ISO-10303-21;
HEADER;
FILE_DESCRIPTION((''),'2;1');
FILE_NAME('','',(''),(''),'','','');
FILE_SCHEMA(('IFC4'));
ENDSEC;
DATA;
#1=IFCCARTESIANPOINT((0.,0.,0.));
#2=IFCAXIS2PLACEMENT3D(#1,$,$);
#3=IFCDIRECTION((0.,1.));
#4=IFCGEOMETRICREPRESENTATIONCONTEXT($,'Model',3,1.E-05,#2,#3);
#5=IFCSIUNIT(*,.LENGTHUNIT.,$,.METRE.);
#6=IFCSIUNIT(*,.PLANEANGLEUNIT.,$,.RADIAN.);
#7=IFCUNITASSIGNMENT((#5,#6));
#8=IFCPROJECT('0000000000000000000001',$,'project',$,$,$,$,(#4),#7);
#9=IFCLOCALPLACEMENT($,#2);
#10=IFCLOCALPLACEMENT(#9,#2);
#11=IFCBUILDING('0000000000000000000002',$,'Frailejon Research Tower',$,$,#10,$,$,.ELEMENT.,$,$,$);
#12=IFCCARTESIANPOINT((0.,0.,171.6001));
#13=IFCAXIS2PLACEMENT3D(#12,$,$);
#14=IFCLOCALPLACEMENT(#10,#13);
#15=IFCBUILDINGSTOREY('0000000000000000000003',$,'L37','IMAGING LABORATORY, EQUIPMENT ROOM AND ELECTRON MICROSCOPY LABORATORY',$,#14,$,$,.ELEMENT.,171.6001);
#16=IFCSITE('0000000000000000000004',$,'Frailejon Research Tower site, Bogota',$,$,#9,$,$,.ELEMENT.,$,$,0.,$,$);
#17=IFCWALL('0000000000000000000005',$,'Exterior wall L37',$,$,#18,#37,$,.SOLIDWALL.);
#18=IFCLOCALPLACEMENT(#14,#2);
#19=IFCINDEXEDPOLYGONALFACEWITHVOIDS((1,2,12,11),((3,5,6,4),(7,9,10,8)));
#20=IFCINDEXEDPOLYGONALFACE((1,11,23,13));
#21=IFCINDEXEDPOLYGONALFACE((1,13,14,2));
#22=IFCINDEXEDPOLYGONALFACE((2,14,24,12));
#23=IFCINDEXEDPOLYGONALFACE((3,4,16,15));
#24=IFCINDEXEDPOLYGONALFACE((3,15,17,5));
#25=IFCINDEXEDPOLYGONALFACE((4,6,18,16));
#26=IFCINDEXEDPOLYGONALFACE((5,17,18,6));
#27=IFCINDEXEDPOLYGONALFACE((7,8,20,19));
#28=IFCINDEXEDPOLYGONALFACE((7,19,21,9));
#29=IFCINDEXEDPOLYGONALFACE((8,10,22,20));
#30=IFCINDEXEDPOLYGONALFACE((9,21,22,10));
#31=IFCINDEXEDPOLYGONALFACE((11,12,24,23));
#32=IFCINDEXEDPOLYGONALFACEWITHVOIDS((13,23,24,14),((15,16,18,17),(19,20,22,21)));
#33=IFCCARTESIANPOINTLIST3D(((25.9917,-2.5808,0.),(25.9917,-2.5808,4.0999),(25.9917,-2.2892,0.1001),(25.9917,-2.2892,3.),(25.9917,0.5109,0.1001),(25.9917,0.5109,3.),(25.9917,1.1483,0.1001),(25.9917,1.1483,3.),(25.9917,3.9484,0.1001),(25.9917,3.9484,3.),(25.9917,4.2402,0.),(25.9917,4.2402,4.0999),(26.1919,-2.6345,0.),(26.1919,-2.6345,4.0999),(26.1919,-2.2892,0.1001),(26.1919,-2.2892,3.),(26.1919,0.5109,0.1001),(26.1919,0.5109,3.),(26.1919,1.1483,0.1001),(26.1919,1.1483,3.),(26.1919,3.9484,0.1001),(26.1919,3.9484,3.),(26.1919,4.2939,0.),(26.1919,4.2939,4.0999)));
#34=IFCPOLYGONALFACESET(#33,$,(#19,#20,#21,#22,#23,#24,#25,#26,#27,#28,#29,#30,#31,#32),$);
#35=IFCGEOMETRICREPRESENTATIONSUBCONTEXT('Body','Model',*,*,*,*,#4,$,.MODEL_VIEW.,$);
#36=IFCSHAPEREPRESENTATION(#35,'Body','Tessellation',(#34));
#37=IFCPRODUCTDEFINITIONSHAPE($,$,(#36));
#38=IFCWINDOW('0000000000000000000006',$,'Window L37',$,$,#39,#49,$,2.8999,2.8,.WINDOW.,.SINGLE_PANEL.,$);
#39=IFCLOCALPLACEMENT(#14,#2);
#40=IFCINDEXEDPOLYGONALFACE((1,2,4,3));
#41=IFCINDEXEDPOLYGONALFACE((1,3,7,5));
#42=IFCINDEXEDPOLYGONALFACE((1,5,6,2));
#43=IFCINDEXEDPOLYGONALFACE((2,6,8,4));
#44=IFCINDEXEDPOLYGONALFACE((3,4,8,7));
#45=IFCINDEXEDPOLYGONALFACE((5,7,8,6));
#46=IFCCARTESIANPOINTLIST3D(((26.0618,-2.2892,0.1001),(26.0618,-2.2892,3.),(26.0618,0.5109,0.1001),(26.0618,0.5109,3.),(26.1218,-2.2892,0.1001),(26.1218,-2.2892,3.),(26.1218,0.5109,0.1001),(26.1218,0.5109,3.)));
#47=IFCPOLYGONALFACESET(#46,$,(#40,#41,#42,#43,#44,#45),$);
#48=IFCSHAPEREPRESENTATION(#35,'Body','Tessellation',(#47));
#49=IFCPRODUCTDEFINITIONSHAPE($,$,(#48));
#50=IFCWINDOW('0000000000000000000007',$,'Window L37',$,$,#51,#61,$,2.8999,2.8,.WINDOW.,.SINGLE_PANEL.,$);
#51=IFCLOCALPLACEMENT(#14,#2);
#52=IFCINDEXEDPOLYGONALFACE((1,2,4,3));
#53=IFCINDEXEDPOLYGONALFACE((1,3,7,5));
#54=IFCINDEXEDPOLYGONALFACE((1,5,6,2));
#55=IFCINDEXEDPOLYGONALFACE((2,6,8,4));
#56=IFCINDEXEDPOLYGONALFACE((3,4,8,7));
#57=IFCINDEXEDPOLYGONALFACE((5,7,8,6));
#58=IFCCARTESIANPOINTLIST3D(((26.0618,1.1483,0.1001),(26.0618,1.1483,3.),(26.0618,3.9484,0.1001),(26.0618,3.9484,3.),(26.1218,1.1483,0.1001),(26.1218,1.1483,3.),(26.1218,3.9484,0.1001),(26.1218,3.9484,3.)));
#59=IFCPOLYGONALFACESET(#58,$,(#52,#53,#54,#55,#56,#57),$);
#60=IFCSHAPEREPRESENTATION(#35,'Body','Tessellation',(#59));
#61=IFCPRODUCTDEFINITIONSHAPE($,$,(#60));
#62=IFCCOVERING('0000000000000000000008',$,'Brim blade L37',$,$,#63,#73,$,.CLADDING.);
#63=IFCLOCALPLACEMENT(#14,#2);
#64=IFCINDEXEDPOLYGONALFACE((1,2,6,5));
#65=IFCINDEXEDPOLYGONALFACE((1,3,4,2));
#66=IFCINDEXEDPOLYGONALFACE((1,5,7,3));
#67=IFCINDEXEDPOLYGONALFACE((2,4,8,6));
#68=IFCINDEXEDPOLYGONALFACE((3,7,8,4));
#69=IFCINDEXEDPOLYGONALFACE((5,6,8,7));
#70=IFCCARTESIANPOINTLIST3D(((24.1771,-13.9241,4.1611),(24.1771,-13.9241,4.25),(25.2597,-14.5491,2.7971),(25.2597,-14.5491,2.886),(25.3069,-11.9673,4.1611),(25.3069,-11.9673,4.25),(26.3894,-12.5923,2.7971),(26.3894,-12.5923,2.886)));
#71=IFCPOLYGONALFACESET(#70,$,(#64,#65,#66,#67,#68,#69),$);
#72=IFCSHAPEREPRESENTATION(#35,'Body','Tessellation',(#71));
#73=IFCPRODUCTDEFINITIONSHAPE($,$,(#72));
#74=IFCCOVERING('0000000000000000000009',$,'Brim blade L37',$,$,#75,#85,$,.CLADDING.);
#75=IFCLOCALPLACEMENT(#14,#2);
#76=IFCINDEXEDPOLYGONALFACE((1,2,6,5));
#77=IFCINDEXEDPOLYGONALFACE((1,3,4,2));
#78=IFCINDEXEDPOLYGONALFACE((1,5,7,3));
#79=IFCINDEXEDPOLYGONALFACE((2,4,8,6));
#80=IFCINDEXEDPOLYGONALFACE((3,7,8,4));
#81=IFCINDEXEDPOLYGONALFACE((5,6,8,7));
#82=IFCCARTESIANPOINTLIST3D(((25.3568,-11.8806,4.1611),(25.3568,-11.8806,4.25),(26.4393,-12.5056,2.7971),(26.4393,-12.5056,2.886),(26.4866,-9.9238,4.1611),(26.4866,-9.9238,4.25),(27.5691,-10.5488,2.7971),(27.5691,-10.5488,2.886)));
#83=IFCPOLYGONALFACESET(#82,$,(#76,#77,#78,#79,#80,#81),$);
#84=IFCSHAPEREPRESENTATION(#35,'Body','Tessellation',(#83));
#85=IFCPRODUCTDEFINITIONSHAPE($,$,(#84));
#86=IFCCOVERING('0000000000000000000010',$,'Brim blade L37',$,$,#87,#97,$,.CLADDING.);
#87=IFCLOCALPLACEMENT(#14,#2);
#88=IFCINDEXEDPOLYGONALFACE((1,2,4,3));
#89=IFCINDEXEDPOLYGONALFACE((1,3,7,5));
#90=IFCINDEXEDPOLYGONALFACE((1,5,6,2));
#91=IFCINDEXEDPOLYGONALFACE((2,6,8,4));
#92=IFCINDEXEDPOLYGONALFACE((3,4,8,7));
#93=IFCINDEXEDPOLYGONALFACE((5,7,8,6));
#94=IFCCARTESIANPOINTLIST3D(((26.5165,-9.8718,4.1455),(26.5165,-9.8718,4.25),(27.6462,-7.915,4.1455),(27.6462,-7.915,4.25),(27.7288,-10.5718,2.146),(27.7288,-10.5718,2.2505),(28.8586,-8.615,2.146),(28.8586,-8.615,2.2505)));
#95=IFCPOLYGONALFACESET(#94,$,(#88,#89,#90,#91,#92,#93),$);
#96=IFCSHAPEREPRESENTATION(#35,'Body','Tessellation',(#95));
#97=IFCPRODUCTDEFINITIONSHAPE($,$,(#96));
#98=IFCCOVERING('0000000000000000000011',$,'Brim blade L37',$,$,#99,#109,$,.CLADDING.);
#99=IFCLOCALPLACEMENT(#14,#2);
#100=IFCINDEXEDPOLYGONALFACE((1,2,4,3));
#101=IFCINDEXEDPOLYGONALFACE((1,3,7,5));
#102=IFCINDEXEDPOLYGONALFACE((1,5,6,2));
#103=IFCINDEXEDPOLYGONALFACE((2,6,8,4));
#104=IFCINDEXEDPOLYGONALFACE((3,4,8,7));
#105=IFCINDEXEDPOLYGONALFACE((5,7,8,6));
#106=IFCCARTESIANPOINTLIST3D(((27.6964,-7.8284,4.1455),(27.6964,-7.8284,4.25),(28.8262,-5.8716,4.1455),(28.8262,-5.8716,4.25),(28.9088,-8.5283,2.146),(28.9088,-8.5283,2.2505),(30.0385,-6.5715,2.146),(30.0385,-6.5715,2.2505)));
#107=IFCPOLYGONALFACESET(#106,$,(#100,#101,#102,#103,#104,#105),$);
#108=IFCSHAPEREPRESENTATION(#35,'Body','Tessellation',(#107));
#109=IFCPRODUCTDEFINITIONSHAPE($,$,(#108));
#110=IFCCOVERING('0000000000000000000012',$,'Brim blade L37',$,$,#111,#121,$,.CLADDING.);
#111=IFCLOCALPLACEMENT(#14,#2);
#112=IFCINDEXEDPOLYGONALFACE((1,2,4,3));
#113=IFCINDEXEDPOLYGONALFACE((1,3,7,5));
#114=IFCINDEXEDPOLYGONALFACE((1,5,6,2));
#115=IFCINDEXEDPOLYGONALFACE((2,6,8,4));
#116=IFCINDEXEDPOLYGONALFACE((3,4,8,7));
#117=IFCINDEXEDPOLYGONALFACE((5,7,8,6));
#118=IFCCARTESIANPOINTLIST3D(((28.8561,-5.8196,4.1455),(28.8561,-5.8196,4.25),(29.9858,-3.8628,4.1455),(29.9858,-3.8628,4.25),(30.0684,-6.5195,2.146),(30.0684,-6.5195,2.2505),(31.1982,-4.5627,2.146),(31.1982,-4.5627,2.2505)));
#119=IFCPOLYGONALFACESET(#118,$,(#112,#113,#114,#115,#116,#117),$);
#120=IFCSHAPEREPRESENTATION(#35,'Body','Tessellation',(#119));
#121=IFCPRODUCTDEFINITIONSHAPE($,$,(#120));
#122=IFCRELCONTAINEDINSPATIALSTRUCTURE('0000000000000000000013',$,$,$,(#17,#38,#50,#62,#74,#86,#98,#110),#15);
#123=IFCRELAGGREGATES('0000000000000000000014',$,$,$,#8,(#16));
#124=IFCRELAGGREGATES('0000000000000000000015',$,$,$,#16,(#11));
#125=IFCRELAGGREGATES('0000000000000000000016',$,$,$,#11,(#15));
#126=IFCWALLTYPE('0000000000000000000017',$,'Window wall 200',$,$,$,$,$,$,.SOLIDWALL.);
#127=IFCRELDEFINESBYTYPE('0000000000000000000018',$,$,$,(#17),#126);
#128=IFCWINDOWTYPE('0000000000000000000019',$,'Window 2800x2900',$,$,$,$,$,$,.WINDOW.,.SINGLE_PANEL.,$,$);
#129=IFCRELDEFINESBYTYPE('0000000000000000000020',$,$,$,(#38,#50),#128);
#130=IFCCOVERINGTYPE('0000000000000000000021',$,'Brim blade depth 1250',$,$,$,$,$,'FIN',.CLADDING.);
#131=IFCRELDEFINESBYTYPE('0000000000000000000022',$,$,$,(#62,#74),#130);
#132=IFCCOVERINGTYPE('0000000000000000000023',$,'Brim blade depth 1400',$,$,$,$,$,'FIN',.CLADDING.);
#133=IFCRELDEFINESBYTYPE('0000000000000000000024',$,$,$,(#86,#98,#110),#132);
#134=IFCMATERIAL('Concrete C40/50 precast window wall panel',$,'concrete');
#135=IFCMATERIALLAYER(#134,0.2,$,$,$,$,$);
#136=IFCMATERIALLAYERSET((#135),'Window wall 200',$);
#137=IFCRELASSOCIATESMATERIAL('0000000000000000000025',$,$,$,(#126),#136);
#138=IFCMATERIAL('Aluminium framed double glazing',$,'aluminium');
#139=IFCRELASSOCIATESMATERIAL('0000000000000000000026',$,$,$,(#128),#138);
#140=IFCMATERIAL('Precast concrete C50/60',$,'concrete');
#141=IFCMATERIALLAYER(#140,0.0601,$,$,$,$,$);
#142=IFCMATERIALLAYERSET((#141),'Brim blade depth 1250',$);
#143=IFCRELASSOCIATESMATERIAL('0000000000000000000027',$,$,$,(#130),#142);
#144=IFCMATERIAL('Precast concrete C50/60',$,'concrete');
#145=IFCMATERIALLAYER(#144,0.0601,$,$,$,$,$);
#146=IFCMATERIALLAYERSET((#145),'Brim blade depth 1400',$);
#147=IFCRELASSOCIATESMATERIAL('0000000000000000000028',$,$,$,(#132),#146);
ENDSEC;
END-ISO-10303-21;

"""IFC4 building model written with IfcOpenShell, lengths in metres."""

from ifc_helpers import new_model, si_unit, direction, frame, frame_2d, origin, place, context, subcontext, project, spatial, polyline, rectangle, outline, extrude, material, layer, layer_set, type_object, element, fill, save


model = new_model("IFC4")

# Units and contexts
model_context = context("Model", 3, precision=1e-05, world=origin(), true_north=direction((0.0, 1.0)))
body_context = subcontext(model_context, "Body", "Model", "MODEL_VIEW")
ifc_project = project(units=[si_unit("LENGTHUNIT", "METRE"), si_unit("PLANEANGLEUNIT", "RADIAN")], contexts=[model_context])

# Site, building, storey
site_placement = place(None, origin())
site = spatial("IfcSite", under=ifc_project, at=site_placement, Name="Frailejon Research Tower site, Bogota", CompositionType="ELEMENT", RefElevation=0.0)
building_placement = place(site_placement, origin())
building = spatial("IfcBuilding", under=site, at=building_placement, Name="Frailejon Research Tower", CompositionType="ELEMENT")
storey_placement = place(building_placement, frame((0.0, 0.0, 171.6001)))
storey = spatial("IfcBuildingStorey", under=building, at=storey_placement, Name="L37", Description="IMAGING LABORATORY, EQUIPMENT ROOM AND ELECTRON MICROSCOPY LABORATORY", CompositionType="ELEMENT", Elevation=171.6001)

# Wall, openings, windows
ifc_material_1 = material(Name="Concrete C40/50 precast window wall panel", Category="concrete")
ifc_layer_1 = layer(ifc_material_1, 0.2)
ifc_layer_set_1 = layer_set([ifc_layer_1], Name="Window wall 200")
wall_type_1 = type_object("IfcWallType", Name="Window wall 200", PredefinedType="SOLIDWALL", material=ifc_layer_set_1)
wall_1_placement = place(storey_placement, frame((26.0918, -2.6077, 0.0), z_axis=(0.0, 0.0, 1.0), x_axis=(0.0, 1.0, 0.0)))
wall_1 = element("IfcWall", 1, at=wall_1_placement, inside=storey, type_object=wall_type_1, Name="Exterior wall L37", PredefinedType="SOLIDWALL", context=body_context, shape_type="SweptSolid", body=[
    extrude(outline(polyline([(-0.0269, -0.1001), (1.1279, -0.1001), (2.2827, -0.1001), (3.4375, -0.1001), (4.592, -0.1001), (5.7468, -0.1001), (6.9016, -0.1001), (6.8479, 0.1001), (5.7109, 0.1001), (4.5742, 0.1001), (3.4375, 0.1001), (2.3005, 0.1001), (1.1636, 0.1001), (0.0269, 0.1001), (-0.0269, -0.1001)])), origin(), (0.0, 0.0, 1.0), 4.0999),
])
opening_1_placement = place(wall_1_placement, frame((0.3186, 0.0, 0.1001)))
opening_1 = element("IfcOpeningElement", 2, at=opening_1_placement, cuts=wall_1, PredefinedType="OPENING", context=body_context, shape_type="SweptSolid", body=[
    extrude(rectangle(XDim=2.8, YDim=2.8999, at=frame_2d((1.3999, 1.45))), frame((0.0, 0.1099, 0.0), z_axis=(0.0, -1.0, 0.0), x_axis=(1.0, 0.0, 0.0)), (0.0, 0.0, 1.0), 0.22),
])
opening_2_placement = place(wall_1_placement, frame((3.7561, 0.0, 0.1001)))
opening_2 = element("IfcOpeningElement", 3, at=opening_2_placement, cuts=wall_1, PredefinedType="OPENING", context=body_context, shape_type="SweptSolid", body=[
    extrude(rectangle(XDim=2.8, YDim=2.8999, at=frame_2d((1.3999, 1.45))), frame((0.0, 0.1099, 0.0), z_axis=(0.0, -1.0, 0.0), x_axis=(1.0, 0.0, 0.0)), (0.0, 0.0, 1.0), 0.22),
])
ifc_material_2 = material(Name="Aluminium framed double glazing", Category="aluminium")
window_type = type_object("IfcWindowType", Name="Window 2800x2900", PartitioningType="SINGLE_PANEL", PredefinedType="WINDOW", material=ifc_material_2)
window_1_placement = place(opening_1_placement, origin())
window_1 = element("IfcWindow", 4, at=window_1_placement, inside=storey, type_object=window_type, Name="Window L37", OverallHeight=2.8999, OverallWidth=2.8, PartitioningType="SINGLE_PANEL", PredefinedType="WINDOW", context=body_context, shape_type="SweptSolid", body=[
    extrude(rectangle(XDim=2.8, YDim=2.8999, at=frame_2d((1.3999, 1.45))), frame((0.0, 0.03, 0.0), z_axis=(0.0, -1.0, 0.0), x_axis=(1.0, 0.0, 0.0)), (0.0, 0.0, 1.0), 0.0601),
])
fill(opening_1, window_1)
window_2_placement = place(opening_2_placement, origin())
window_2 = element("IfcWindow", 5, at=window_2_placement, inside=storey, type_object=window_type, Name="Window L37", OverallHeight=2.8999, OverallWidth=2.8, PartitioningType="SINGLE_PANEL", PredefinedType="WINDOW", context=body_context, shape_type="SweptSolid", body=[
    extrude(rectangle(XDim=2.8, YDim=2.8999, at=frame_2d((1.3999, 1.45))), frame((0.0, 0.03, 0.0), z_axis=(0.0, -1.0, 0.0), x_axis=(1.0, 0.0, 0.0)), (0.0, 0.0, 1.0), 0.0601),
])
fill(opening_2, window_2)

# Coverings
ifc_material_3 = material(Name="Precast concrete C50/60", Category="concrete")
ifc_layer_2 = layer(ifc_material_3, 0.0601)
ifc_layer_set_2 = layer_set([ifc_layer_2], Name="Brim blade depth 1250")
covering_type_1 = type_object("IfcCoveringType", Name="Brim blade depth 1250", ElementType="FIN", PredefinedType="CLADDING", material=ifc_layer_set_2)
for number, where, z_axis, x_axis, name in (
    (6, (25.3069, -11.9673, 4.25), (-0.499994, -0.866029, 0.0), (0.866029, -0.499994, 0.0), "Brim blade L37"),
    (7, (26.4866, -9.9238, 4.25), (-0.500003, -0.866024, 0.0), (0.866024, -0.500003, 0.0), "Brim blade L37"),
):
    element("IfcCovering", number, at=place(storey_placement, frame(where, z_axis=z_axis, x_axis=x_axis)), inside=storey, type_object=covering_type_1, Name=name, PredefinedType="CLADDING", context=body_context, shape_type="SweptSolid", body=[
        extrude(outline(polyline([(0.0, -0.0889), (1.25, -1.4529), (1.25, -1.364), (0.0, 0.0), (0.0, -0.0889)])), origin(), (0.0, 0.0, 1.0), 2.2595),
    ])
ifc_material_4 = material(Name="Precast concrete C50/60", Category="concrete")
ifc_layer_3 = layer(ifc_material_4, 0.0601)
ifc_layer_set_3 = layer_set([ifc_layer_3], Name="Brim blade depth 1400")
covering_type_2 = type_object("IfcCoveringType", Name="Brim blade depth 1400", ElementType="FIN", PredefinedType="CLADDING", material=ifc_layer_set_3)
for number, where, z_axis, x_axis, name in (
    (8, (27.6462, -7.915, 4.25), (-0.500003, -0.866024, 0.0), (0.866024, -0.500003, 0.0), "Brim blade L37"),
    (9, (28.8262, -5.8716, 4.25), (-0.499994, -0.866029, 0.0), (0.866029, -0.499994, 0.0), "Brim blade L37"),
    (10, (29.9858, -3.8628, 4.25), (-0.499994, -0.866029, 0.0), (0.866029, -0.499994, 0.0), "Brim blade L37"),
):
    element("IfcCovering", number, at=place(storey_placement, frame(where, z_axis=z_axis, x_axis=x_axis)), inside=storey, type_object=covering_type_2, Name=name, PredefinedType="CLADDING", context=body_context, shape_type="SweptSolid", body=[
        extrude(outline(polyline([(0.0, -0.1045), (1.3999, -2.104), (1.3999, -1.9995), (0.0, 0.0), (0.0, -0.1045)])), origin(), (0.0, 0.0, 1.0), 2.2595),
    ])

save(model, "model.ifc")
